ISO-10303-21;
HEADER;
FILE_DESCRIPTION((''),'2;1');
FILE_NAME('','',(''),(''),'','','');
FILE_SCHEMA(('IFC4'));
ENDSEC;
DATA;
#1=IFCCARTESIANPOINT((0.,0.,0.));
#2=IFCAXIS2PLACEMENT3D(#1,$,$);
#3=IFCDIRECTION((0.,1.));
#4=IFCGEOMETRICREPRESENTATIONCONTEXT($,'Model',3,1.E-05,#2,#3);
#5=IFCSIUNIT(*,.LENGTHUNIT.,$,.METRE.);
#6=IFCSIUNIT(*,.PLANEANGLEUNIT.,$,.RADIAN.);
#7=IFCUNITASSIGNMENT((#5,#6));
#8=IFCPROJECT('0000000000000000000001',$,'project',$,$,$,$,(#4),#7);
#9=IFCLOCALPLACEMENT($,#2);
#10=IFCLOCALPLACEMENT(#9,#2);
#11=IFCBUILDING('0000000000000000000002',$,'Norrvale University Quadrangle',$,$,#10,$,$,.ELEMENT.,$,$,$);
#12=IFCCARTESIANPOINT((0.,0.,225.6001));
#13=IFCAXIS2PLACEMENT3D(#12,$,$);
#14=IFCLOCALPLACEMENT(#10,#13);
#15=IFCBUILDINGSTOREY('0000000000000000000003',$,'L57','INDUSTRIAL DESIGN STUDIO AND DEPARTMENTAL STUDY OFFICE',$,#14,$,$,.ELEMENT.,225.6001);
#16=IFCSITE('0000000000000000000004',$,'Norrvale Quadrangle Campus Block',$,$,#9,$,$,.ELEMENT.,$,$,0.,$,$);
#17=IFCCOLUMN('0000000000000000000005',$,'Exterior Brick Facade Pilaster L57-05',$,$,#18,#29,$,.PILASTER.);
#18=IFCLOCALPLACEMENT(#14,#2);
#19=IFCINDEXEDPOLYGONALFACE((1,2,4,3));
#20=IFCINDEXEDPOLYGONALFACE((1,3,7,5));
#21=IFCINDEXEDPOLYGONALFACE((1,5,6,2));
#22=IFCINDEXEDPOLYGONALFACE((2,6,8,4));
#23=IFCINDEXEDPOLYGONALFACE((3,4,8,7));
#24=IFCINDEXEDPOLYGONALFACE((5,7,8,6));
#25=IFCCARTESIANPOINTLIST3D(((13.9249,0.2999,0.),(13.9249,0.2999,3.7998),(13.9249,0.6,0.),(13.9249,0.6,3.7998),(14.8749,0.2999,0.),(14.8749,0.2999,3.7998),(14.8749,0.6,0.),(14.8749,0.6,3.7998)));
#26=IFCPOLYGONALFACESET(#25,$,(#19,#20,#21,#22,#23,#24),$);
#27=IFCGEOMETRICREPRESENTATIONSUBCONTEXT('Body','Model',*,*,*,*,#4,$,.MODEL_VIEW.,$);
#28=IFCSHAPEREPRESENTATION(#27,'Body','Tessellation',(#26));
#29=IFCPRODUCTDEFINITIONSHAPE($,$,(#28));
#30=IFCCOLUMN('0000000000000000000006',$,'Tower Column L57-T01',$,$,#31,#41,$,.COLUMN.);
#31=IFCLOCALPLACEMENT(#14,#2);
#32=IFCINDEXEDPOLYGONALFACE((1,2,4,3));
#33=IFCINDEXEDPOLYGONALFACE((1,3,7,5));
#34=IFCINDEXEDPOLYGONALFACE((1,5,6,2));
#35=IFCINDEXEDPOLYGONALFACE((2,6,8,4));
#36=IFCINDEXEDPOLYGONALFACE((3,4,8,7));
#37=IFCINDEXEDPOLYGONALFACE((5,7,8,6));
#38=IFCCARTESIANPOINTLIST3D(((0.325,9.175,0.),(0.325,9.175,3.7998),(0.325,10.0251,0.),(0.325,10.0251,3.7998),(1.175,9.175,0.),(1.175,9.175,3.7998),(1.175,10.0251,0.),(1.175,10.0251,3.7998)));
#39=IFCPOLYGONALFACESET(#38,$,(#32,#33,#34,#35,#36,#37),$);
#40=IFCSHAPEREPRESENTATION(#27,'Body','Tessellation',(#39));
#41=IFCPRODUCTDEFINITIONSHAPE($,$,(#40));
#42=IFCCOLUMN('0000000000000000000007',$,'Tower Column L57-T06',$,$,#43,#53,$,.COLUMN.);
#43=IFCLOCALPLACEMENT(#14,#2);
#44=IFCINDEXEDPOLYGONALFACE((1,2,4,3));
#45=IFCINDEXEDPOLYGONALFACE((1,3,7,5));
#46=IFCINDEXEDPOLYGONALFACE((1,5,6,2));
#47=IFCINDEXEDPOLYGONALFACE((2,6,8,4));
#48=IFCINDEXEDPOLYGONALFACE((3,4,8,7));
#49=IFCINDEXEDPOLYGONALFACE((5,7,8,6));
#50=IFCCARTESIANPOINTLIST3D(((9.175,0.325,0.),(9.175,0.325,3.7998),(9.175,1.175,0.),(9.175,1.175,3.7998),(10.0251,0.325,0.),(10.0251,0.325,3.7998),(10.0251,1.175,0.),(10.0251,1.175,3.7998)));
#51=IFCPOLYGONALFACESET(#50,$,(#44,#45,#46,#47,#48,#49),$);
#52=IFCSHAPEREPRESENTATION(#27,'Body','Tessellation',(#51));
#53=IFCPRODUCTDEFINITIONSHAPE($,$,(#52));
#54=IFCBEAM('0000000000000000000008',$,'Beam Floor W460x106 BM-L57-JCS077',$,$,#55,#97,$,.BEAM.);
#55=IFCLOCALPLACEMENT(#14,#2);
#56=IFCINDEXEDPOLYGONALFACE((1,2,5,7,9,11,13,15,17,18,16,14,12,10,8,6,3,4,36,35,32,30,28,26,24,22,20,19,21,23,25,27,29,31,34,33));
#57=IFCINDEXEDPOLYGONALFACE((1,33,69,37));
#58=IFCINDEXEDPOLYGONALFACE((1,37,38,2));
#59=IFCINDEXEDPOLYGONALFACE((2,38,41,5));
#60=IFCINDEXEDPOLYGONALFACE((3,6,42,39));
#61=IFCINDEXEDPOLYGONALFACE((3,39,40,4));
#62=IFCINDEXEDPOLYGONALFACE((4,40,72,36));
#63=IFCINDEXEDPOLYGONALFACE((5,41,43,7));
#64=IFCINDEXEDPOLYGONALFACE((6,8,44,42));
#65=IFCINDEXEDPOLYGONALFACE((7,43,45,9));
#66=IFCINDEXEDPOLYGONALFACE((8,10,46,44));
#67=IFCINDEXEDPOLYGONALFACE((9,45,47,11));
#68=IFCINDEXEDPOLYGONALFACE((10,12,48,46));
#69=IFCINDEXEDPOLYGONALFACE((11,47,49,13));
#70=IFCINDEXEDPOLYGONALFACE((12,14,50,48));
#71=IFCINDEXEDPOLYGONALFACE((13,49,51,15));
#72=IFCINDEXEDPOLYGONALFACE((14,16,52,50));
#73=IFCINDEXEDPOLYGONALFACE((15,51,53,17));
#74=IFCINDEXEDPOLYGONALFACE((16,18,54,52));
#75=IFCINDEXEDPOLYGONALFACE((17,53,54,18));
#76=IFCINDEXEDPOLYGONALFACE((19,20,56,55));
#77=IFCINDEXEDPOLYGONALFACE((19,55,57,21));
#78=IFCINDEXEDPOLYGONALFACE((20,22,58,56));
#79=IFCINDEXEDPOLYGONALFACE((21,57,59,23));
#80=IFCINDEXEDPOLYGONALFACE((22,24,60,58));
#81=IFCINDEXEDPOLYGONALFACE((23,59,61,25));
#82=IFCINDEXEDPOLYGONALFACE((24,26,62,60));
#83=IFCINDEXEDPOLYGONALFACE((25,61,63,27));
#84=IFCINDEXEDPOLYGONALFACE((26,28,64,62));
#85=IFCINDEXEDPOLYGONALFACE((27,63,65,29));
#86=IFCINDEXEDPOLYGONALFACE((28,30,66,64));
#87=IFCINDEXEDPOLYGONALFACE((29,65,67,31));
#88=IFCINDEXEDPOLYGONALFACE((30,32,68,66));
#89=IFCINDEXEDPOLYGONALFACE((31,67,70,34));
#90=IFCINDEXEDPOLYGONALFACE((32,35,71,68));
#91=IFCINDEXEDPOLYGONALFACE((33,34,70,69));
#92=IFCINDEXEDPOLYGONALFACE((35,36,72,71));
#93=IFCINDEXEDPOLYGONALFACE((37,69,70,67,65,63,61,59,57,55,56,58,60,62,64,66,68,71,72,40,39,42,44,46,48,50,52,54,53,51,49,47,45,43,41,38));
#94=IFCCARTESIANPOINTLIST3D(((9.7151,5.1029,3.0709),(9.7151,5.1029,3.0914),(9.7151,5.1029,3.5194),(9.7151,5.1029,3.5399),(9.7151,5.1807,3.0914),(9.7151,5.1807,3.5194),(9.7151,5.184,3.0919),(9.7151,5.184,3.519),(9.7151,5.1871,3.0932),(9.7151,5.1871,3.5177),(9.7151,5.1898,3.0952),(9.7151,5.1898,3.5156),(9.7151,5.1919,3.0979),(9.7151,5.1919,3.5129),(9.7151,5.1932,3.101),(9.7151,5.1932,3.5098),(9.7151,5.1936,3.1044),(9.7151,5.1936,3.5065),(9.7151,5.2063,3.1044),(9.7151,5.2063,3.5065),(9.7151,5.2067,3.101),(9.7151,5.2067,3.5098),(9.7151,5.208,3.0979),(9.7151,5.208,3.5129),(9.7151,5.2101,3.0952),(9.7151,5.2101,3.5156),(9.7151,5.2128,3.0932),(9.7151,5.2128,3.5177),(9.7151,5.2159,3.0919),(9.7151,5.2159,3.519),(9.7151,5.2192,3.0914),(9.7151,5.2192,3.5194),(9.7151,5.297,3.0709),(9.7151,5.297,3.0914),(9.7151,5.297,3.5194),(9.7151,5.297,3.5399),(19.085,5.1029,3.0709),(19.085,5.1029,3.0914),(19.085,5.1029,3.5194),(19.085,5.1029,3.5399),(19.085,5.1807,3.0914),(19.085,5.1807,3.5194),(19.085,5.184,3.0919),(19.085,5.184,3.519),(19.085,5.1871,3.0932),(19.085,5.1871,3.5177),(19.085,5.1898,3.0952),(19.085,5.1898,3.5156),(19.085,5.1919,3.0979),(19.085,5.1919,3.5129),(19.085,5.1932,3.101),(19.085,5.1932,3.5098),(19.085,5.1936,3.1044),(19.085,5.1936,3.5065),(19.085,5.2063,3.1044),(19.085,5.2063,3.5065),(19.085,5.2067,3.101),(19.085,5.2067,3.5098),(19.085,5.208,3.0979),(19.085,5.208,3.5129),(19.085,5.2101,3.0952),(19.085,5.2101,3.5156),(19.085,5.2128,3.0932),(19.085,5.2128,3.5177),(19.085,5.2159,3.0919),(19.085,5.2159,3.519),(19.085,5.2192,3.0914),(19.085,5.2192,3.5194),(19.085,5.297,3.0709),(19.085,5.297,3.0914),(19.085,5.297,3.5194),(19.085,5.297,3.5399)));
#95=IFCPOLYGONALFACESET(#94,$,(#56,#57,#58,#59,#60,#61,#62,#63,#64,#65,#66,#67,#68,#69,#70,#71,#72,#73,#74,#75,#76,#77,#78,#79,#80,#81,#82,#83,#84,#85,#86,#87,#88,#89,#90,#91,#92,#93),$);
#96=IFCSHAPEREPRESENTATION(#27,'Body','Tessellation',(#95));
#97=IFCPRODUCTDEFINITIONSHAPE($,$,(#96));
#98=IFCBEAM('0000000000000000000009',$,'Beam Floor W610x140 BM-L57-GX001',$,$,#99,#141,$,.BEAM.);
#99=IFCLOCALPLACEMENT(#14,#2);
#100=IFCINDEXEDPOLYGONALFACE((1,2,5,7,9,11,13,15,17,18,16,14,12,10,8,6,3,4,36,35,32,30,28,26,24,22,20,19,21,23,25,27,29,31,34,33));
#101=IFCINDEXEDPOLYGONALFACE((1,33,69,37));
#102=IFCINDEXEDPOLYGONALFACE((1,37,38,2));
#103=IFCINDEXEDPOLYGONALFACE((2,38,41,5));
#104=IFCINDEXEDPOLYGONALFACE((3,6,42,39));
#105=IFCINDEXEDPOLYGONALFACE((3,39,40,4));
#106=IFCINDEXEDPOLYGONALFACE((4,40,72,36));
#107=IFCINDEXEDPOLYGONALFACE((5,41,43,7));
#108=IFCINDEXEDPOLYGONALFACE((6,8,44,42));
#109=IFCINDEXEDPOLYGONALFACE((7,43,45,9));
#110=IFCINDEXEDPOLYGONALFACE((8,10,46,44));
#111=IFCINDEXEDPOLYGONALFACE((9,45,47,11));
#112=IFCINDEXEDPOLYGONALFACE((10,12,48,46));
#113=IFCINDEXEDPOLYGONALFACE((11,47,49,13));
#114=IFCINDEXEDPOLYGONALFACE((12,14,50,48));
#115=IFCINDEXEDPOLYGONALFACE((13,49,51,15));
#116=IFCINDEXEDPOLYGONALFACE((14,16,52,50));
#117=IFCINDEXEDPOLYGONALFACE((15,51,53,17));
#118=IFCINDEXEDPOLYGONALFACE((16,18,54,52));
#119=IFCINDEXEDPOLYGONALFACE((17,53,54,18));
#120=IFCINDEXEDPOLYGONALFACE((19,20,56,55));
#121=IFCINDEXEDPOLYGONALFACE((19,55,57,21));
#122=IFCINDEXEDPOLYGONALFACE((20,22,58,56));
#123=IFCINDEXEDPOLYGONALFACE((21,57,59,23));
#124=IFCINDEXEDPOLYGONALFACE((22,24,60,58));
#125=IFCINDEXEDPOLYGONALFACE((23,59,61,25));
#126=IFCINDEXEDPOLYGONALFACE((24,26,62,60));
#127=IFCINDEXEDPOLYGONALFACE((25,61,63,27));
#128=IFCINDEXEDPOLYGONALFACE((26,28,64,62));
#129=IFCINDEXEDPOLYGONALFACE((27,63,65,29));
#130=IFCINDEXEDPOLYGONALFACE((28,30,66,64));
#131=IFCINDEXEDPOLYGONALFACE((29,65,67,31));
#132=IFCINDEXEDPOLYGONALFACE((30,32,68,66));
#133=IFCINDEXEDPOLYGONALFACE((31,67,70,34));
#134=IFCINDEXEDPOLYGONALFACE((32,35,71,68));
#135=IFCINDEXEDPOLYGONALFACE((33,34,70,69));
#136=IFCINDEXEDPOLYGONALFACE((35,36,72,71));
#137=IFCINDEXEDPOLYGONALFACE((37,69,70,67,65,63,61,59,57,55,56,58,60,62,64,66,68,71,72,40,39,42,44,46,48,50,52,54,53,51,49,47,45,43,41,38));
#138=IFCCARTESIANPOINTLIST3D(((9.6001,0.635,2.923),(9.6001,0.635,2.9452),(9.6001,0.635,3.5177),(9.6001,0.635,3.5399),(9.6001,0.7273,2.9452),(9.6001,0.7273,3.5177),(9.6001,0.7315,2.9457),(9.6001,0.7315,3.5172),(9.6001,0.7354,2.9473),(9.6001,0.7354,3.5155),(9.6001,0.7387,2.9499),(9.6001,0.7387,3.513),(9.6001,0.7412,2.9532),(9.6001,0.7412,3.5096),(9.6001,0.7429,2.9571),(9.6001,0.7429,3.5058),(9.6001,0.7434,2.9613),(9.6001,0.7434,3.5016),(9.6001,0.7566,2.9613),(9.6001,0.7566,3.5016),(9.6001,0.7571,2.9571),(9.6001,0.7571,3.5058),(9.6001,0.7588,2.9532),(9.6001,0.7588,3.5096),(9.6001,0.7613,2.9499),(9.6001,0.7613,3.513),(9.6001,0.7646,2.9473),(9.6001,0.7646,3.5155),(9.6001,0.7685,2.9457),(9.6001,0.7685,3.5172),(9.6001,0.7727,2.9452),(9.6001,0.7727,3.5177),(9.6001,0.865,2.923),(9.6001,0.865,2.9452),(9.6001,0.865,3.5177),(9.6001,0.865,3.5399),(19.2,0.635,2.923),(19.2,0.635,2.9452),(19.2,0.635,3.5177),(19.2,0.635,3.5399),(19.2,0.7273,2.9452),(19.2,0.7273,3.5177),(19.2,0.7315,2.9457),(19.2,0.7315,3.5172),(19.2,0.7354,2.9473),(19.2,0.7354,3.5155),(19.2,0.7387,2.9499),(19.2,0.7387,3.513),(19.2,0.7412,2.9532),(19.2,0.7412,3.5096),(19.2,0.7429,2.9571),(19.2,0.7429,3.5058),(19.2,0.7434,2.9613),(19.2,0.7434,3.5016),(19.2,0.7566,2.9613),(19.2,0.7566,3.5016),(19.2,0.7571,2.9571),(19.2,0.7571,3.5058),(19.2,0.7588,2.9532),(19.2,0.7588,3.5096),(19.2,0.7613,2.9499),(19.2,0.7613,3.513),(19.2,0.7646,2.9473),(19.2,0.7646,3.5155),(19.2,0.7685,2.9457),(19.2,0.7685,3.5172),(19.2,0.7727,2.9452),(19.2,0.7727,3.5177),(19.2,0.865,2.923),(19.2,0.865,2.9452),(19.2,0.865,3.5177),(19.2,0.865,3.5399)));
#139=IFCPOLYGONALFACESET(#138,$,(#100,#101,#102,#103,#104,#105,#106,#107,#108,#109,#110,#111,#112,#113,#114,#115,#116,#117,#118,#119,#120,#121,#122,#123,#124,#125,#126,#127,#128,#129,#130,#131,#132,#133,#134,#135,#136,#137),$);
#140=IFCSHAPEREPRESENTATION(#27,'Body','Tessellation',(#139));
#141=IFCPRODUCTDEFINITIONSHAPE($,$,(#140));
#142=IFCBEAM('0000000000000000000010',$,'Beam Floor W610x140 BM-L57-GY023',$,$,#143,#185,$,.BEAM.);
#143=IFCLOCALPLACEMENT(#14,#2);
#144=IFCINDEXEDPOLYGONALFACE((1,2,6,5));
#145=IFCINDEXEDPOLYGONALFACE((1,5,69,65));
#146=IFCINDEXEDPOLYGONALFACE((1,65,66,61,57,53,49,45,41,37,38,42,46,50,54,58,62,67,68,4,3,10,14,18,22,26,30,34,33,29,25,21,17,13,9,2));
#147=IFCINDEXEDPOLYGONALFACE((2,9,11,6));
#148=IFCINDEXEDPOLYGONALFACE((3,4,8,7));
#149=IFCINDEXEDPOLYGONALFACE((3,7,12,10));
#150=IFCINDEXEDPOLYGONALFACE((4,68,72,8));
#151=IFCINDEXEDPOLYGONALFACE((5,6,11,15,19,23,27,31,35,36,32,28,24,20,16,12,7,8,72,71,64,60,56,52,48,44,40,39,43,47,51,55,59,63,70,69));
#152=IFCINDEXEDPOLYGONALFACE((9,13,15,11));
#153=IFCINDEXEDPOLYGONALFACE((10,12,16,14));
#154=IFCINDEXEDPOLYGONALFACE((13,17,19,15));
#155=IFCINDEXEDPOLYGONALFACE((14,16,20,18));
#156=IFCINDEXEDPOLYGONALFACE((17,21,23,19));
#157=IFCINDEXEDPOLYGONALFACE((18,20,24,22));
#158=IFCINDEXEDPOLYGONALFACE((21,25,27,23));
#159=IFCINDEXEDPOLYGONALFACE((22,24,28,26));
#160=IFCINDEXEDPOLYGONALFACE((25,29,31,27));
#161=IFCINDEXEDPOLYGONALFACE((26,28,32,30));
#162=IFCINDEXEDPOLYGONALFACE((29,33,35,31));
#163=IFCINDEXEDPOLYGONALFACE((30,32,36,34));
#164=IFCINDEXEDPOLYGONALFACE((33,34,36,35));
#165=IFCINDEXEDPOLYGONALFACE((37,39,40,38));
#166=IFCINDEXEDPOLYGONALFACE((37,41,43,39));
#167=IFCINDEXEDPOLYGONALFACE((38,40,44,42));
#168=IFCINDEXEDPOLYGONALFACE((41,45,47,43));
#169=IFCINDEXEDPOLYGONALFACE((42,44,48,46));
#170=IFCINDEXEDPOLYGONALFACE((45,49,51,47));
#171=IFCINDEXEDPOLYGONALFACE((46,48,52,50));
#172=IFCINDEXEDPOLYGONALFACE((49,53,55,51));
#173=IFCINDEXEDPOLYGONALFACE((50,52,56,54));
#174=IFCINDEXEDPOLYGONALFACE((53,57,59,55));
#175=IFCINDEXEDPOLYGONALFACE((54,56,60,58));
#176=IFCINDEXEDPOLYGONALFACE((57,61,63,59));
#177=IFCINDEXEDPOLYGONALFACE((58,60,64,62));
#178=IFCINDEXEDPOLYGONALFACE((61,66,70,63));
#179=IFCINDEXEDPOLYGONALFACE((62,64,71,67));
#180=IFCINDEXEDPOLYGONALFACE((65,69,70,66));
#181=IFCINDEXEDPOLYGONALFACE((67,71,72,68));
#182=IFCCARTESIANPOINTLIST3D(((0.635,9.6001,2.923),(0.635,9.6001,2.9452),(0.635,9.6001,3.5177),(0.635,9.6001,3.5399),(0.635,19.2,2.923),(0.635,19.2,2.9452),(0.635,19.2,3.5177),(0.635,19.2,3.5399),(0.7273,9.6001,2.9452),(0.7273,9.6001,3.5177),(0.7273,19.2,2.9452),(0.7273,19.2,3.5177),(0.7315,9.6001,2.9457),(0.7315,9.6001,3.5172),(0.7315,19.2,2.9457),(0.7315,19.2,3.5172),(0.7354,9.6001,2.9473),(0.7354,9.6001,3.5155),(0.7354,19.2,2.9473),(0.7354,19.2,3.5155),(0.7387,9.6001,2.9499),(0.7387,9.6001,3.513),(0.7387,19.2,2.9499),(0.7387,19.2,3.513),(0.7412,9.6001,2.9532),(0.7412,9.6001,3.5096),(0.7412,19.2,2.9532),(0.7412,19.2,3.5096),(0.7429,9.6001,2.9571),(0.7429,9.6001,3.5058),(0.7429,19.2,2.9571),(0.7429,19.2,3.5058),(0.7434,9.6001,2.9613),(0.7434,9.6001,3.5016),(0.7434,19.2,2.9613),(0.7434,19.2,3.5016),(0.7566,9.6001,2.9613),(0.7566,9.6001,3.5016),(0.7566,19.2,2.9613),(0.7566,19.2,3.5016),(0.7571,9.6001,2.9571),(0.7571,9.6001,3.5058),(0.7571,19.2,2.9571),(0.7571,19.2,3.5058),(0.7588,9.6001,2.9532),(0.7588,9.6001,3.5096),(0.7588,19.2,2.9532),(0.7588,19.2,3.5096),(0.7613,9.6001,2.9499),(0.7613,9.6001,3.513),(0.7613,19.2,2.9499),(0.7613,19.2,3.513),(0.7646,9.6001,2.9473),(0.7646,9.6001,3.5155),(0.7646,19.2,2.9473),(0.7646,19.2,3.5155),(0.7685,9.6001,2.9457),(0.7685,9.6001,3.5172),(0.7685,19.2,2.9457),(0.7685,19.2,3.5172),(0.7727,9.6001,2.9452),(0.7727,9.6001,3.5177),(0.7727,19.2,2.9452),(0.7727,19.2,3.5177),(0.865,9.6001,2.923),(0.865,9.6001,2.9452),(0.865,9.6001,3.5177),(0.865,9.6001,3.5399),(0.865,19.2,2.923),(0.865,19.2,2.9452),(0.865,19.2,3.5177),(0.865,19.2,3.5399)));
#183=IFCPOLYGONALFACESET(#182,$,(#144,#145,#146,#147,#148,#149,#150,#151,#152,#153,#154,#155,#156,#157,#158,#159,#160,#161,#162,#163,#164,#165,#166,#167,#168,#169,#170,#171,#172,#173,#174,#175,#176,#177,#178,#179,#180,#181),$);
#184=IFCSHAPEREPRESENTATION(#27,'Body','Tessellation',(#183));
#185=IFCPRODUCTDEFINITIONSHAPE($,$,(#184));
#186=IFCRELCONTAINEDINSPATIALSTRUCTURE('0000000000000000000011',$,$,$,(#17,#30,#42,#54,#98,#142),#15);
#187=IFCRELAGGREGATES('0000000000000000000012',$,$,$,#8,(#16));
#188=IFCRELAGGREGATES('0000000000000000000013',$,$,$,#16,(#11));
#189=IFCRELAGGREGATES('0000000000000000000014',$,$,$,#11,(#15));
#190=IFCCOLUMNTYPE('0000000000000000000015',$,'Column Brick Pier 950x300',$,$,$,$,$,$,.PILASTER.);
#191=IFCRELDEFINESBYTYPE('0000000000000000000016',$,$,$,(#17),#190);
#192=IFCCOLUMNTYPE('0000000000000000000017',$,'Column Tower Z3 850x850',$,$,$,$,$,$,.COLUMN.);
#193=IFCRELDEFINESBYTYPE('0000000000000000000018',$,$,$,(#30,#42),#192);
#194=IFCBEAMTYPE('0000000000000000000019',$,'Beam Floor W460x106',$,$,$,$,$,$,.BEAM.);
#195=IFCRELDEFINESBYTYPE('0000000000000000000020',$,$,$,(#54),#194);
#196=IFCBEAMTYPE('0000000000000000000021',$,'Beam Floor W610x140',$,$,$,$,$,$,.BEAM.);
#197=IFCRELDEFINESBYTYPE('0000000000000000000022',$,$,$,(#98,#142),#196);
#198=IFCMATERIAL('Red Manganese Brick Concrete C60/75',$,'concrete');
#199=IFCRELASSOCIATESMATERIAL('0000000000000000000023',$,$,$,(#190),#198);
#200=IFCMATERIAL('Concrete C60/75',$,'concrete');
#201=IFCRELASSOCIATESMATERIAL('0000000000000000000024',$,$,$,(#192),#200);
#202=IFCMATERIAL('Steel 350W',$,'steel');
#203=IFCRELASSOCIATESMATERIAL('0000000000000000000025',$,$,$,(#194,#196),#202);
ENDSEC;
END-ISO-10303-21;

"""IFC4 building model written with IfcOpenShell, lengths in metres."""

from ifc_helpers import new_model, si_unit, direction, frame, origin, origin_2d, place, context, subcontext, project, spatial, rectangle, i_section, extrude, material, material_profile, profile_set, type_object, element, save


model = new_model("IFC4")

# Units and contexts
model_context = context("Model", 3, precision=1e-05, world=origin(), true_north=direction((0.0, 1.0)))
body_context = subcontext(model_context, "Body", "Model", "MODEL_VIEW")
ifc_project = project(units=[si_unit("LENGTHUNIT", "METRE"), si_unit("PLANEANGLEUNIT", "RADIAN")], contexts=[model_context])

# Site, building, storey
site_placement = place(None, origin())
site = spatial("IfcSite", under=ifc_project, at=site_placement, Name="Norrvale Quadrangle Campus Block", CompositionType="ELEMENT", RefElevation=0.0)
building_placement = place(site_placement, origin())
building = spatial("IfcBuilding", under=site, at=building_placement, Name="Norrvale University Quadrangle", CompositionType="ELEMENT")
storey_placement = place(building_placement, frame((0.0, 0.0, 225.6001)))
storey = spatial("IfcBuildingStorey", under=building, at=storey_placement, Name="L57", Description="INDUSTRIAL DESIGN STUDIO AND DEPARTMENTAL STUDY OFFICE", CompositionType="ELEMENT", Elevation=225.6001)

# Columns
ifc_material_1 = material(Name="Red Manganese Brick Concrete C60/75", Category="concrete")
ifc_material_profile_1 = material_profile(ifc_material_1, rectangle(XDim=0.95, YDim=0.3, at=origin_2d()), Name="Red Manganese Brick Concrete C60/75")
ifc_profile_set_1 = profile_set([ifc_material_profile_1], Name="Red Manganese Brick Concrete C60/75")
column_type_1 = type_object("IfcColumnType", Name="Column Brick Pier 950x300", PredefinedType="PILASTER", material=ifc_profile_set_1)
column_placement = place(storey_placement, frame((14.3999, 0.45, 0.0), z_axis=(0.0, 0.0, 1.0), x_axis=(1.0, 0.0, 0.0)))
element("IfcColumn", 1, at=column_placement, inside=storey, type_object=column_type_1, Name="Exterior Brick Facade Pilaster L57-05", PredefinedType="PILASTER", context=body_context, shape_type="SweptSolid", body=[
    extrude(rectangle(XDim=0.95, YDim=0.3, at=origin_2d()), origin(), (0.0, 0.0, 1.0), 3.7998),
])
ifc_material_2 = material(Name="Concrete C60/75", Category="concrete")
ifc_material_profile_2 = material_profile(ifc_material_2, rectangle(XDim=0.8501, YDim=0.8501, at=origin_2d()), Name="Concrete C60/75")
ifc_profile_set_2 = profile_set([ifc_material_profile_2], Name="Concrete C60/75")
column_type_2 = type_object("IfcColumnType", Name="Column Tower Z3 850x850", PredefinedType="COLUMN", material=ifc_profile_set_2)
for number, where, z_axis, x_axis, name in (
    (2, (0.75, 9.6001, 0.0), (0.0, 0.0, 1.0), (1.0, 0.0, 0.0), "Tower Column L57-T01"),
    (3, (9.6001, 0.75, 0.0), (0.0, 0.0, 1.0), (1.0, 0.0, 0.0), "Tower Column L57-T06"),
):
    element("IfcColumn", number, at=place(storey_placement, frame(where, z_axis=z_axis, x_axis=x_axis)), inside=storey, type_object=column_type_2, Name=name, PredefinedType="COLUMN", context=body_context, shape_type="SweptSolid", body=[
        extrude(rectangle(XDim=0.8501, YDim=0.8501, at=origin_2d()), origin(), (0.0, 0.0, 1.0), 3.7998),
    ])

# Beams
ifc_material_3 = material(Name="Steel 350W", Category="steel")
ifc_material_profile_3 = material_profile(ifc_material_3, i_section(OverallWidth=0.1941, OverallDepth=0.469, WebThickness=0.0127, FlangeThickness=0.0205, FilletRadius=0.0129, at=origin_2d()), Name="Steel 350W")
ifc_profile_set_3 = profile_set([ifc_material_profile_3], Name="Steel 350W")
beam_type_1 = type_object("IfcBeamType", Name="Beam Floor W460x106", PredefinedType="BEAM", material=ifc_profile_set_3)
beam_1_placement = place(storey_placement, frame((9.7151, 5.2, 3.3054), z_axis=(1.0, 0.0, 0.0), x_axis=(0.0, 1.0, 0.0)))
element("IfcBeam", 4, at=beam_1_placement, inside=storey, type_object=beam_type_1, Name="Beam Floor W460x106 BM-L57-JCS077", PredefinedType="BEAM", context=body_context, shape_type="SweptSolid", body=[
    extrude(i_section(OverallWidth=0.1941, OverallDepth=0.469, WebThickness=0.0127, FlangeThickness=0.0205, FilletRadius=0.0129, at=origin_2d()), origin(), (0.0, 0.0, 1.0), 9.3699),
])
ifc_material_profile_4 = material_profile(ifc_material_3, i_section(OverallWidth=0.23, OverallDepth=0.6169, WebThickness=0.0132, FlangeThickness=0.0222, FilletRadius=0.0161, at=origin_2d()), Name="Steel 350W")
ifc_profile_set_4 = profile_set([ifc_material_profile_4], Name="Steel 350W")
beam_type_2 = type_object("IfcBeamType", Name="Beam Floor W610x140", PredefinedType="BEAM", material=ifc_profile_set_4)
for number, where, z_axis, x_axis, name in (
    (5, (9.6001, 0.75, 3.2314), (1.0, 0.0, 0.0), (0.0, 1.0, 0.0), "Beam Floor W610x140 BM-L57-GX001"),
    (6, (0.75, 9.6001, 3.2314), (0.0, 1.0, 0.0), (-1.0, 0.0, 0.0), "Beam Floor W610x140 BM-L57-GY023"),
):
    element("IfcBeam", number, at=place(storey_placement, frame(where, z_axis=z_axis, x_axis=x_axis)), inside=storey, type_object=beam_type_2, Name=name, PredefinedType="BEAM", context=body_context, shape_type="SweptSolid", body=[
        extrude(i_section(OverallWidth=0.23, OverallDepth=0.6169, WebThickness=0.0132, FlangeThickness=0.0222, FilletRadius=0.0161, at=origin_2d()), origin(), (0.0, 0.0, 1.0), 9.5999),
    ])

save(model, "model.ifc")
